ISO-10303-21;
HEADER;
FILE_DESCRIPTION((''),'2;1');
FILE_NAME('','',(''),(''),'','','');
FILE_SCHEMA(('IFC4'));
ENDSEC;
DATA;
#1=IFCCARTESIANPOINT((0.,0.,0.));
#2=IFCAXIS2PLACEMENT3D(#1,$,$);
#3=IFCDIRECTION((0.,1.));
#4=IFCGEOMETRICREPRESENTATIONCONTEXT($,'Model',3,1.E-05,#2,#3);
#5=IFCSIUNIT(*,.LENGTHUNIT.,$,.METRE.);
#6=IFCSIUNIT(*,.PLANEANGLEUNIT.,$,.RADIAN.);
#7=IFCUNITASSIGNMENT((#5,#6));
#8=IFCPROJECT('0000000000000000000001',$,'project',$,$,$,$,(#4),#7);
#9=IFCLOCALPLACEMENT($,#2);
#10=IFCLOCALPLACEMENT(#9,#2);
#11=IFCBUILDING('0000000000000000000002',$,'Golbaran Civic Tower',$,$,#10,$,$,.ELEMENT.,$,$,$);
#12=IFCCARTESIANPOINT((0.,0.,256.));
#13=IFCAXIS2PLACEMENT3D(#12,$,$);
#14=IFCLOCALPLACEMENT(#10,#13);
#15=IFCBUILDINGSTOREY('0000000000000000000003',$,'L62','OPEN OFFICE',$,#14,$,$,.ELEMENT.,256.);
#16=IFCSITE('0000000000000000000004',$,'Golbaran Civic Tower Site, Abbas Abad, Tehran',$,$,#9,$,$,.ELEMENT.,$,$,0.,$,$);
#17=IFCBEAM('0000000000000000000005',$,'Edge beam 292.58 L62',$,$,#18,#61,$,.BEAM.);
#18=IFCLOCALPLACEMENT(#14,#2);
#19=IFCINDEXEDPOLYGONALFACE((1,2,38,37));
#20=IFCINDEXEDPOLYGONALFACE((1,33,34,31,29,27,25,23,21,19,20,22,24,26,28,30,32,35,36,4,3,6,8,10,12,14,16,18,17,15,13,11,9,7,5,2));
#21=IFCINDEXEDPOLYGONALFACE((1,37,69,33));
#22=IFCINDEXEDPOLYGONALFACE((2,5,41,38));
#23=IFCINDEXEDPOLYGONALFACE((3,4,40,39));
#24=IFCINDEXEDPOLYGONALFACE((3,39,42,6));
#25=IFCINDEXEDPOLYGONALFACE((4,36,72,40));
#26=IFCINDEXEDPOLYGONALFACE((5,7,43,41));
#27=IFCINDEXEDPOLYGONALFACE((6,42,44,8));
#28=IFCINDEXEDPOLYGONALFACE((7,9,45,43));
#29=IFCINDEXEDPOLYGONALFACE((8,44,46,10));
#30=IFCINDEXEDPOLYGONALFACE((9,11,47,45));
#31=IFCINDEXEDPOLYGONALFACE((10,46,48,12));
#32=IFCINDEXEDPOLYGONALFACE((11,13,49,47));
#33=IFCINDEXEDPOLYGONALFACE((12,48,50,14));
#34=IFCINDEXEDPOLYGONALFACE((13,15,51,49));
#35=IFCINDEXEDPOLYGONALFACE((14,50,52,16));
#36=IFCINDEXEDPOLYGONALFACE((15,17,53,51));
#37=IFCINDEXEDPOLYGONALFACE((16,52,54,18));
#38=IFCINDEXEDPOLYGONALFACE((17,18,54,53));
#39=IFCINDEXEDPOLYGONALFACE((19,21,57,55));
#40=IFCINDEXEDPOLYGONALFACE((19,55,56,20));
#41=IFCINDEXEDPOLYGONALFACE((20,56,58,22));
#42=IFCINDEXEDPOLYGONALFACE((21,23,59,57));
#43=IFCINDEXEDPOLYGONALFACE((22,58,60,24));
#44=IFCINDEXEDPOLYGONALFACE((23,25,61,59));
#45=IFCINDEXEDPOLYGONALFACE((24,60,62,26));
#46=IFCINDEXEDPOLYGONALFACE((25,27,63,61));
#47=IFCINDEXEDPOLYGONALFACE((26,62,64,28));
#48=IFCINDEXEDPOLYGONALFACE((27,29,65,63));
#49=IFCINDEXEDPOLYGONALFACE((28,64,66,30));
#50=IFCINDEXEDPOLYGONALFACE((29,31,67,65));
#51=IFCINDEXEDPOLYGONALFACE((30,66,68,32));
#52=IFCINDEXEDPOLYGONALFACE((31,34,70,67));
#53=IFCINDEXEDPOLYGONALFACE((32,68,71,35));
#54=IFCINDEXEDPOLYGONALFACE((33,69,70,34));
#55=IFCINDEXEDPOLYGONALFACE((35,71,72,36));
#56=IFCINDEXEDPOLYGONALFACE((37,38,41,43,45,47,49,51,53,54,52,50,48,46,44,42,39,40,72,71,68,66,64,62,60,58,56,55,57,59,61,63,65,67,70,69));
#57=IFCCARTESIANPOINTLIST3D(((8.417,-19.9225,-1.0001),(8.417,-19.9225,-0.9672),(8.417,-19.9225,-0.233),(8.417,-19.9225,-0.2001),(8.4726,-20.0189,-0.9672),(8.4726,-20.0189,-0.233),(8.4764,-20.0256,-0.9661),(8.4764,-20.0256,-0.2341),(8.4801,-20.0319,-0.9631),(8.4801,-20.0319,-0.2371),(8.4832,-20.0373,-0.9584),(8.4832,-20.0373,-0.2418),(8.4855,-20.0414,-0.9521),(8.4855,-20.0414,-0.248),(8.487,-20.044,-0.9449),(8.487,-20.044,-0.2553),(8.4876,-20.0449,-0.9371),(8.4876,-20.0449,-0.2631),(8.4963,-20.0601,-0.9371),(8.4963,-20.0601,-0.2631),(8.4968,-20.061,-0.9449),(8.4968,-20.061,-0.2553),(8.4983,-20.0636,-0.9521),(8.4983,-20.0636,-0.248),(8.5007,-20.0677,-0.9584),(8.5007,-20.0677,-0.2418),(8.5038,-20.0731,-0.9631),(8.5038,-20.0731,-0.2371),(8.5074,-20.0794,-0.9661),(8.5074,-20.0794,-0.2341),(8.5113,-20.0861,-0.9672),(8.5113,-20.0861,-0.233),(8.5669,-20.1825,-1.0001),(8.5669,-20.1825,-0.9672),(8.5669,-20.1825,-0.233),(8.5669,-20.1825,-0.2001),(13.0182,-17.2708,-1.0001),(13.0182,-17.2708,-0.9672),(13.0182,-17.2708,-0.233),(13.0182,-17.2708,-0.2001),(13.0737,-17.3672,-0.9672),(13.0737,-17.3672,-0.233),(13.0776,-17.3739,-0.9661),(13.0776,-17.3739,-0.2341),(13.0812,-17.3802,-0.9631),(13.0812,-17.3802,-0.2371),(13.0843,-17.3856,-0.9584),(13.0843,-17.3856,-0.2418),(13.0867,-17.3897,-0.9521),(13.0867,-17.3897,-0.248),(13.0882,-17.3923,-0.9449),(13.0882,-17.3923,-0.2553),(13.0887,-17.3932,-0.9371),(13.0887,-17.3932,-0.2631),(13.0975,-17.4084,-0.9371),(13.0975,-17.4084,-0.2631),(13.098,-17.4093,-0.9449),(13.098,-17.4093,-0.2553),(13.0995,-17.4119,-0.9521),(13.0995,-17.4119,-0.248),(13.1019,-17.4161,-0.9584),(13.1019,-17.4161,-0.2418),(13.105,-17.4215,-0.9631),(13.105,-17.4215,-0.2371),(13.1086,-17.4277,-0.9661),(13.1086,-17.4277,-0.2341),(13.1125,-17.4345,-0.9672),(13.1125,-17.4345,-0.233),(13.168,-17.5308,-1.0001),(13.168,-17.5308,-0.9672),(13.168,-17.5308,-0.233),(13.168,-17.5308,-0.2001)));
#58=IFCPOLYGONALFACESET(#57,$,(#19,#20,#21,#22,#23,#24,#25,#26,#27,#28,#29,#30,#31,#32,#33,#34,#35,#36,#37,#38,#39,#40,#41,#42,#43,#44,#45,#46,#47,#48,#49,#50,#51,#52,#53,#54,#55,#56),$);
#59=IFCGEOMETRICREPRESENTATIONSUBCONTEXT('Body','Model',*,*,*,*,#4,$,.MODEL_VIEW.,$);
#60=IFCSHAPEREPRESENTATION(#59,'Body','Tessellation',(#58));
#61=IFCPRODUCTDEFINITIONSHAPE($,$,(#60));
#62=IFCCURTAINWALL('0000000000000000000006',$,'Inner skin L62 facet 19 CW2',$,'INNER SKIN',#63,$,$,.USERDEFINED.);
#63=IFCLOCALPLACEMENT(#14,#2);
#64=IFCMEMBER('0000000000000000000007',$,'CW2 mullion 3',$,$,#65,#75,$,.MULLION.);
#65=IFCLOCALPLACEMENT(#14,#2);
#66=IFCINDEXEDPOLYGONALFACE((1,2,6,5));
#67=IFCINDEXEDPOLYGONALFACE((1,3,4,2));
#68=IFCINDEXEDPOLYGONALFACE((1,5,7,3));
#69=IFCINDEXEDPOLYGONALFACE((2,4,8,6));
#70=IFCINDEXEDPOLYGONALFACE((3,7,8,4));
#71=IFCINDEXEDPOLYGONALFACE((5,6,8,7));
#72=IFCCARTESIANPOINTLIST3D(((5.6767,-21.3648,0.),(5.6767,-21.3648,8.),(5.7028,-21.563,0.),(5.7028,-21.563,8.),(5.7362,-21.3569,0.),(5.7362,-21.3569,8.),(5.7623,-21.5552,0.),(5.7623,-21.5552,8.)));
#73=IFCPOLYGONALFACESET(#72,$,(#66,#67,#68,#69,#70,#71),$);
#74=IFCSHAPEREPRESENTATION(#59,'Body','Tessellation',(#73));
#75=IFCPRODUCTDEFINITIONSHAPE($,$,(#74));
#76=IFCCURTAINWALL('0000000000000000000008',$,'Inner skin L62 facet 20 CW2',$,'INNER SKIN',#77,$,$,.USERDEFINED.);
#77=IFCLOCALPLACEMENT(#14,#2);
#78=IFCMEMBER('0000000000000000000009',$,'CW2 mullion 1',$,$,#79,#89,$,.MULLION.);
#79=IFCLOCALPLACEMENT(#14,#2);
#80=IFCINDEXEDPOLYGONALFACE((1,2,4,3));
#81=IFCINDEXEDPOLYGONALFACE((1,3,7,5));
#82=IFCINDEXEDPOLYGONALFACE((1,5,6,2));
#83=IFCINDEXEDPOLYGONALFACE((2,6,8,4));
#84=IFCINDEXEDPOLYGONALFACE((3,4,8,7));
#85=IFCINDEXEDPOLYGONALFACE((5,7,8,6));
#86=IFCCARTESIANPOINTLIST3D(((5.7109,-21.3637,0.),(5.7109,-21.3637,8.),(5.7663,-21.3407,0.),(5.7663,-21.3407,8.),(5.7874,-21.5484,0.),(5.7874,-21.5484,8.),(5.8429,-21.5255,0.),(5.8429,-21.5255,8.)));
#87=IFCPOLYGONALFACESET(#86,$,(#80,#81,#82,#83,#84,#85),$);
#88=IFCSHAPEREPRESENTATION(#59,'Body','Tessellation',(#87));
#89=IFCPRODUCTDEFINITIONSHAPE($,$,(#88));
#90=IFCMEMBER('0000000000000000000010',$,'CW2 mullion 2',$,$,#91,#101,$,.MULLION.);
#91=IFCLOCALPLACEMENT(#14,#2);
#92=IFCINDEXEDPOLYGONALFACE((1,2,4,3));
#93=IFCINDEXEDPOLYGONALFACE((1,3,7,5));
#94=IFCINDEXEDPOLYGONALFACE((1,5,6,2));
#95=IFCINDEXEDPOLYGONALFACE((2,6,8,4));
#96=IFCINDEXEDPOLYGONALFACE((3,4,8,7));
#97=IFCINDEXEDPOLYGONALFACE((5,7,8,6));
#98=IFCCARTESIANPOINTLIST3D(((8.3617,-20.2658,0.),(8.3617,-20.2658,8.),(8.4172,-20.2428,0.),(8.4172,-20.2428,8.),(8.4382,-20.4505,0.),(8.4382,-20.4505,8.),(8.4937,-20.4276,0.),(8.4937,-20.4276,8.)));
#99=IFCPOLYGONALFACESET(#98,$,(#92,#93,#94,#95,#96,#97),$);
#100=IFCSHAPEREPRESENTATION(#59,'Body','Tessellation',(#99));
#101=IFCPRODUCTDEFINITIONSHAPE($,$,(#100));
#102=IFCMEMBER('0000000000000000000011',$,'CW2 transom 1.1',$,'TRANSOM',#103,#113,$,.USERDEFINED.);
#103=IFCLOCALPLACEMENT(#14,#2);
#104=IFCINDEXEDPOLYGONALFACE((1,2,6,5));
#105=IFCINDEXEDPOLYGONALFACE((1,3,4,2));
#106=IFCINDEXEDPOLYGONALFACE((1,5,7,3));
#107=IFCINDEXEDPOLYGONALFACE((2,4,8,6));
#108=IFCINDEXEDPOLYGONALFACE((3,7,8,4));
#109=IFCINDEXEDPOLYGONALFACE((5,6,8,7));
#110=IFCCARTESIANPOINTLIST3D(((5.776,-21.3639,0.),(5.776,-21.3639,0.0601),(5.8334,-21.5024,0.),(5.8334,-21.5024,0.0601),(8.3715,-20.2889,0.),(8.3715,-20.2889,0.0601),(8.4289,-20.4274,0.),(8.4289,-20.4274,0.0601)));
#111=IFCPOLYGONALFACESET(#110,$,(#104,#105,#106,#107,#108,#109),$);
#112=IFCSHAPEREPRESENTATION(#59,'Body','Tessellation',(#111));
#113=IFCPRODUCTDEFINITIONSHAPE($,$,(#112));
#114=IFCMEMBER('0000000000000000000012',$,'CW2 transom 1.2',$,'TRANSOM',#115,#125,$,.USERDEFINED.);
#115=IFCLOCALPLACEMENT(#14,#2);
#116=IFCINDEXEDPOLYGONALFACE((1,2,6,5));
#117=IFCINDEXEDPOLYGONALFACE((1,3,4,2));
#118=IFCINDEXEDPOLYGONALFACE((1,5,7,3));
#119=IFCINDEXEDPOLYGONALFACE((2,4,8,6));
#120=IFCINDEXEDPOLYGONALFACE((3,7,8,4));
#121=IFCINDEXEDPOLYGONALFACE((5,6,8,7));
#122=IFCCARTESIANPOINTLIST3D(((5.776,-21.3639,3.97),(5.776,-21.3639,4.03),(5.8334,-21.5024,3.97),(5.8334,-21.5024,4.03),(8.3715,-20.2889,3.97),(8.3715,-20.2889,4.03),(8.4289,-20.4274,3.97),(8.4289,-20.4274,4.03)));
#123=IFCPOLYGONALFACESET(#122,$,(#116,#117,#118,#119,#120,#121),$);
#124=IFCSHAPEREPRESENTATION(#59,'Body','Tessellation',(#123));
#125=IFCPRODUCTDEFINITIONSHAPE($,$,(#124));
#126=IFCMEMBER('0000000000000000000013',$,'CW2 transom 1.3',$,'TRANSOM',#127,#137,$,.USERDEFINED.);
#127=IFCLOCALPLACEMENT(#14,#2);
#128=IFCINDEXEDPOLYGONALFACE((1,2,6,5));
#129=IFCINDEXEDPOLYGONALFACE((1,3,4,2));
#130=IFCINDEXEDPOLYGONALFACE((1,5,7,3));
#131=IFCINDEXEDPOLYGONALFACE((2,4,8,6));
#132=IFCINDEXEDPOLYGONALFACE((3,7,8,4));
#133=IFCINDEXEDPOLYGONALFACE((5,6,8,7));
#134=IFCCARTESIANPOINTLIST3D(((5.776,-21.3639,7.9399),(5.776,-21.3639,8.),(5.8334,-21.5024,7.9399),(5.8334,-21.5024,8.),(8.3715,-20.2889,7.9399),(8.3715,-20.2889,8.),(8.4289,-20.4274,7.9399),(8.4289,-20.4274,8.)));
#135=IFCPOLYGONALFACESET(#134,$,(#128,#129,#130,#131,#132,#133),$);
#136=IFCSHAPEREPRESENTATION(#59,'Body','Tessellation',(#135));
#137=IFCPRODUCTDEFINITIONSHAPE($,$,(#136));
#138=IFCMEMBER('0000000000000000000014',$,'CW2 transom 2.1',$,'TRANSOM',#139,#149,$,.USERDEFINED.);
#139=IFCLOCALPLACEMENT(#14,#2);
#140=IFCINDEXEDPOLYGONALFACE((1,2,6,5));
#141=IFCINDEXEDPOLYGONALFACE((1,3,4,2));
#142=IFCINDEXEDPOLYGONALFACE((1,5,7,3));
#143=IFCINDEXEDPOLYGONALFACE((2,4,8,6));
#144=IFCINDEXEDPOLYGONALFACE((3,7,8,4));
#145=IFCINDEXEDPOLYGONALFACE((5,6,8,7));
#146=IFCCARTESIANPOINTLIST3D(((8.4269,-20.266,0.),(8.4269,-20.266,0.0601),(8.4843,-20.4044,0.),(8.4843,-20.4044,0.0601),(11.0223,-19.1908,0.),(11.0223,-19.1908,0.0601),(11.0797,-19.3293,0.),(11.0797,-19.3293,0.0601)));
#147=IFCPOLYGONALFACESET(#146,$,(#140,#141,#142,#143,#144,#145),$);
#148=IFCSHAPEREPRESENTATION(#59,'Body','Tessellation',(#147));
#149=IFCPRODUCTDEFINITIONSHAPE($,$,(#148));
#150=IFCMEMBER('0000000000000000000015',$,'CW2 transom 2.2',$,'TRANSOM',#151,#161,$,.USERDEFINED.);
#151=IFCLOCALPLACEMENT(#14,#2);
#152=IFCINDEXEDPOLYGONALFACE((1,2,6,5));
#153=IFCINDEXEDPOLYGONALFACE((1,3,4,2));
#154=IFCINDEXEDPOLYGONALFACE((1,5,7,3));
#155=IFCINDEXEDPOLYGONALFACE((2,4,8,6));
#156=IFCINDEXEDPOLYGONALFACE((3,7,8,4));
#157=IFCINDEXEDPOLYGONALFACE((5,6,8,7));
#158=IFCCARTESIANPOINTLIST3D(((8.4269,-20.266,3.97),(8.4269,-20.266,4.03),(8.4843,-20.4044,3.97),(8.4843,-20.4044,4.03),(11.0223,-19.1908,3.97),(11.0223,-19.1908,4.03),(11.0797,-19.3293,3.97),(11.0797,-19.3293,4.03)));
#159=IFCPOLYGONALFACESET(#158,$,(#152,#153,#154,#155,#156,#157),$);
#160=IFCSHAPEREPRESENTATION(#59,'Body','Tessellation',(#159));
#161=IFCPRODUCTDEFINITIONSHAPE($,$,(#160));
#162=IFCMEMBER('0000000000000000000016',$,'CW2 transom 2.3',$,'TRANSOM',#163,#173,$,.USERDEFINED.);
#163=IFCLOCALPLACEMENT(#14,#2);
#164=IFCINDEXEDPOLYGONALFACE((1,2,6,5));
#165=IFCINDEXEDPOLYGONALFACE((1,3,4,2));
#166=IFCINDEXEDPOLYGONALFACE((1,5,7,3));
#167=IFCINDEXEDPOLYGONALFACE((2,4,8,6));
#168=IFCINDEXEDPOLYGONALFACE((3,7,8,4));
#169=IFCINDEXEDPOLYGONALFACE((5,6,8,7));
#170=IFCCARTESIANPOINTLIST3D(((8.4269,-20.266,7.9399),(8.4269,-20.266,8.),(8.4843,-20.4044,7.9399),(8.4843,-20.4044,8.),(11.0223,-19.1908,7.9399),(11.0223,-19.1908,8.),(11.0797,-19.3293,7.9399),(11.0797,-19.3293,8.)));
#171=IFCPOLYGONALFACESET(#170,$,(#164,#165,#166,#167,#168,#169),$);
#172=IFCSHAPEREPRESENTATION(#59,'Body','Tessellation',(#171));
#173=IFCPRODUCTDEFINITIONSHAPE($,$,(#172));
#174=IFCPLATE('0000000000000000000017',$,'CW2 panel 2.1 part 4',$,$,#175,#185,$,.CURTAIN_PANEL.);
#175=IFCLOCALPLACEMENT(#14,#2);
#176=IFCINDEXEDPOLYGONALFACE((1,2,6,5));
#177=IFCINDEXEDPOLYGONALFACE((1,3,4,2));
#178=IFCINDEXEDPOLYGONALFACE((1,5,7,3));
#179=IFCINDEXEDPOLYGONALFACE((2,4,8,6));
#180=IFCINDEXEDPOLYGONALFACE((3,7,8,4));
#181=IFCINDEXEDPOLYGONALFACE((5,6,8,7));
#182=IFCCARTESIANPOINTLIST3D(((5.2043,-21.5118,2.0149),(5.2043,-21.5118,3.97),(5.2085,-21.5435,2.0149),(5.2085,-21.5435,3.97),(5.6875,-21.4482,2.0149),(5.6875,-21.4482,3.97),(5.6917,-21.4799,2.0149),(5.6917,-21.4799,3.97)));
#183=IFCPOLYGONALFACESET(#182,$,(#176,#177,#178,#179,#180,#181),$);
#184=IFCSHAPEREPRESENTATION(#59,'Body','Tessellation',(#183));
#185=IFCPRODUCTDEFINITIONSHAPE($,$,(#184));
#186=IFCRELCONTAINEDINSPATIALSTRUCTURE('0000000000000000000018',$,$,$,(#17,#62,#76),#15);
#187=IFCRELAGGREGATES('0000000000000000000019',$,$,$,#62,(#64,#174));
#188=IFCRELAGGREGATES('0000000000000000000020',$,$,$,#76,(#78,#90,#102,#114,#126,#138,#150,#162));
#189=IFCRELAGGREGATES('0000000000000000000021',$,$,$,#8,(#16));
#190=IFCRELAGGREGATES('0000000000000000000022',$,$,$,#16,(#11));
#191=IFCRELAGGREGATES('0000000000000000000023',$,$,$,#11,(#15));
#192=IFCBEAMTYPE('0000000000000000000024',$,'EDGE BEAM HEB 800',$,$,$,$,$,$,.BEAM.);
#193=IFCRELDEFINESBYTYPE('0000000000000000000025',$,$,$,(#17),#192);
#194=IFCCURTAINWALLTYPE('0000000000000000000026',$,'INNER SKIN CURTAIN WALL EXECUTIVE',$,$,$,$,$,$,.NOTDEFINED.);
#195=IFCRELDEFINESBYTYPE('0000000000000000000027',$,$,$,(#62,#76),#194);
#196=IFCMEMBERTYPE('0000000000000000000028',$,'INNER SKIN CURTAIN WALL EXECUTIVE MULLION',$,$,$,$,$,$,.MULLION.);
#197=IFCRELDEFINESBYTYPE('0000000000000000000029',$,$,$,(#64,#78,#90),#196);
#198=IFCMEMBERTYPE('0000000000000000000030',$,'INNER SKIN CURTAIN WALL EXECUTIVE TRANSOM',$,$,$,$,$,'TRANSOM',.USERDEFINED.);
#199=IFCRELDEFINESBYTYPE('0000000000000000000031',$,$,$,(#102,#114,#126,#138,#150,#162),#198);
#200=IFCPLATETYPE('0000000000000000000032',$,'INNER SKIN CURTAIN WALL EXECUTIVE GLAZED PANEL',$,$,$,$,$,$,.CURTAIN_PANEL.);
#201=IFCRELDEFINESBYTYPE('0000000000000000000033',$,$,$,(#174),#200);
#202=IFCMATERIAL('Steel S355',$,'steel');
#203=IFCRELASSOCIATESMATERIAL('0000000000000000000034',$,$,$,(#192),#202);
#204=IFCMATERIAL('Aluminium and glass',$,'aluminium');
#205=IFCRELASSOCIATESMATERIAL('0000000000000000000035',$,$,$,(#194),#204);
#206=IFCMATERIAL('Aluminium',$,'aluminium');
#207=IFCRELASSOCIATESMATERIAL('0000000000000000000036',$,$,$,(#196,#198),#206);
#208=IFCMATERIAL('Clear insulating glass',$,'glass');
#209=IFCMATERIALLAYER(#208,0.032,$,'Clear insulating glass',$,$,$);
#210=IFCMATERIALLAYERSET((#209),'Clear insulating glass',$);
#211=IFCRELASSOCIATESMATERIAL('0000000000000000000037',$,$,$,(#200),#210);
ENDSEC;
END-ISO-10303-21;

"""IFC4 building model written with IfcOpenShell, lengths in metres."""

from ifc_helpers import new_model, si_unit, direction, frame, origin, origin_2d, place, context, subcontext, project, spatial, rectangle, i_section, extrude, material, layer, layer_set, material_profile, profile_set, type_object, element, aggregate, save


model = new_model("IFC4")

# Units and contexts
model_context = context("Model", 3, precision=1e-05, world=origin(), true_north=direction((0.0, 1.0)))
body_context = subcontext(model_context, "Body", "Model", "MODEL_VIEW")
ifc_project = project(units=[si_unit("LENGTHUNIT", "METRE"), si_unit("PLANEANGLEUNIT", "RADIAN")], contexts=[model_context])

# Site, building, storey
site_placement = place(None, origin())
site = spatial("IfcSite", under=ifc_project, at=site_placement, Name="Golbaran Civic Tower Site, Abbas Abad, Tehran", CompositionType="ELEMENT", RefElevation=0.0)
building_placement = place(site_placement, origin())
building = spatial("IfcBuilding", under=site, at=building_placement, Name="Golbaran Civic Tower", CompositionType="ELEMENT")
storey_placement = place(building_placement, frame((0.0, 0.0, 256.0)))
storey = spatial("IfcBuildingStorey", under=building, at=storey_placement, Name="L62", Description="OPEN OFFICE", CompositionType="ELEMENT", Elevation=256.0)

# Beam
ifc_material_1 = material(Name="Steel S355", Category="steel")
ifc_material_profile_1 = material_profile(ifc_material_1, i_section(OverallWidth=0.3, OverallDepth=0.8, WebThickness=0.0176, FlangeThickness=0.033, FilletRadius=0.03, at=origin_2d()), Name="HEB 800")
ifc_profile_set_1 = profile_set([ifc_material_profile_1], Name="Steel S355")
beam_type = type_object("IfcBeamType", Name="EDGE BEAM HEB 800", PredefinedType="BEAM", material=ifc_profile_set_1)
beam_placement = place(storey_placement, frame((8.4919, -20.0525, -0.6001), z_axis=(0.866418, 0.499319, 0.0), x_axis=(-0.499319, 0.866418, 0.0)))
element("IfcBeam", 1, at=beam_placement, inside=storey, type_object=beam_type, Name="Edge beam 292.58 L62", PredefinedType="BEAM", context=body_context, shape_type="SweptSolid", body=[
    extrude(i_section(OverallWidth=0.3, OverallDepth=0.8, WebThickness=0.0176, FlangeThickness=0.033, FilletRadius=0.03, at=origin_2d()), origin(), (0.0, 0.0, 1.0), 5.3105),
])

# Curtain wall, member
ifc_material_2 = material(Name="Aluminium and glass", Category="aluminium")
curtain_wall_type = type_object("IfcCurtainWallType", Name="INNER SKIN CURTAIN WALL EXECUTIVE", PredefinedType="NOTDEFINED", material=ifc_material_2)
curtain_wall_1_placement = place(storey_placement, origin())
curtain_wall_1 = element("IfcCurtainWall", 2, at=curtain_wall_1_placement, inside=storey, type_object=curtain_wall_type, Name="Inner skin L62 facet 19 CW2", ObjectType="INNER SKIN", PredefinedType="USERDEFINED")
ifc_material_3 = material(Name="Aluminium", Category="aluminium")
ifc_material_profile_2 = material_profile(ifc_material_3, rectangle(XDim=0.2, YDim=0.0601, at=origin_2d()), Name="INNER SKIN CURTAIN WALL EXECUTIVE MULLION")
ifc_profile_set_2 = profile_set([ifc_material_profile_2], Name="Aluminium")
member_type_1 = type_object("IfcMemberType", Name="INNER SKIN CURTAIN WALL EXECUTIVE MULLION", PredefinedType="MULLION", material=ifc_profile_set_2)
member_1_placement = place(storey_placement, frame((5.7195, -21.46, 0.0), z_axis=(0.0, 0.0, 1.0), x_axis=(-0.130526, 0.991445, 0.0)))
member_1 = element("IfcMember", 3, at=member_1_placement, type_object=member_type_1, Name="CW2 mullion 3", PredefinedType="MULLION", context=body_context, shape_type="SweptSolid", body=[
    extrude(rectangle(XDim=0.2, YDim=0.0601, at=origin_2d()), origin(), (0.0, 0.0, 1.0), 8.0),
])

# Curtain wall, members
curtain_wall_2_placement = place(storey_placement, origin())
curtain_wall_2 = element("IfcCurtainWall", 4, at=curtain_wall_2_placement, inside=storey, type_object=curtain_wall_type, Name="Inner skin L62 facet 20 CW2", ObjectType="INNER SKIN", PredefinedType="USERDEFINED")
member_2_placement = place(storey_placement, frame((5.7769, -21.4446, 0.0), z_axis=(0.0, 0.0, 1.0), x_axis=(-0.382683, 0.92388, 0.0)))
member_2 = element("IfcMember", 5, at=member_2_placement, type_object=member_type_1, Name="CW2 mullion 1", PredefinedType="MULLION", context=body_context, shape_type="SweptSolid", body=[
    extrude(rectangle(XDim=0.2, YDim=0.0601, at=origin_2d()), origin(), (0.0, 0.0, 1.0), 8.0),
])
member_3_placement = place(storey_placement, frame((8.4277, -20.3467, 0.0), z_axis=(0.0, 0.0, 1.0), x_axis=(-0.382683, 0.92388, 0.0)))
member_3 = element("IfcMember", 6, at=member_3_placement, type_object=member_type_1, Name="CW2 mullion 2", PredefinedType="MULLION", context=body_context, shape_type="SweptSolid", body=[
    extrude(rectangle(XDim=0.2, YDim=0.0601, at=origin_2d()), origin(), (0.0, 0.0, 1.0), 8.0),
])
ifc_material_profile_3 = material_profile(ifc_material_3, rectangle(XDim=0.1499, YDim=0.0601, at=origin_2d()), Name="INNER SKIN CURTAIN WALL EXECUTIVE TRANSOM")
ifc_profile_set_3 = profile_set([ifc_material_profile_3], Name="Aluminium")
member_type_2 = type_object("IfcMemberType", Name="INNER SKIN CURTAIN WALL EXECUTIVE TRANSOM", ElementType="TRANSOM", PredefinedType="USERDEFINED", material=ifc_profile_set_3)
member_4_placement = place(storey_placement, frame((5.8047, -21.4331, 0.03), z_axis=(0.923895, 0.382646, 0.0), x_axis=(-0.382646, 0.923895, 0.0)))
member_4 = element("IfcMember", 7, at=member_4_placement, type_object=member_type_2, Name="CW2 transom 1.1", ObjectType="TRANSOM", PredefinedType="USERDEFINED", context=body_context, shape_type="SweptSolid", body=[
    extrude(rectangle(XDim=0.1499, YDim=0.0601, at=origin_2d()), origin(), (0.0, 0.0, 1.0), 2.8093),
])
member_5_placement = place(storey_placement, frame((5.8047, -21.4331, 4.0), z_axis=(0.923895, 0.382646, 0.0), x_axis=(-0.382646, 0.923895, 0.0)))
member_5 = element("IfcMember", 8, at=member_5_placement, type_object=member_type_2, Name="CW2 transom 1.2", ObjectType="TRANSOM", PredefinedType="USERDEFINED", context=body_context, shape_type="SweptSolid", body=[
    extrude(rectangle(XDim=0.1499, YDim=0.0601, at=origin_2d()), origin(), (0.0, 0.0, 1.0), 2.8093),
])
member_6_placement = place(storey_placement, frame((5.8047, -21.4331, 7.97), z_axis=(0.923895, 0.382646, 0.0), x_axis=(-0.382646, 0.923895, 0.0)))
member_6 = element("IfcMember", 9, at=member_6_placement, type_object=member_type_2, Name="CW2 transom 1.3", ObjectType="TRANSOM", PredefinedType="USERDEFINED", context=body_context, shape_type="SweptSolid", body=[
    extrude(rectangle(XDim=0.1499, YDim=0.0601, at=origin_2d()), origin(), (0.0, 0.0, 1.0), 2.8093),
])
member_7_placement = place(storey_placement, frame((8.4556, -20.3352, 0.03), z_axis=(0.923864, 0.38272, 0.0), x_axis=(-0.38272, 0.923864, 0.0)))
member_7 = element("IfcMember", 10, at=member_7_placement, type_object=member_type_2, Name="CW2 transom 2.1", ObjectType="TRANSOM", PredefinedType="USERDEFINED", context=body_context, shape_type="SweptSolid", body=[
    extrude(rectangle(XDim=0.1499, YDim=0.0601, at=origin_2d()), origin(), (0.0, 0.0, 1.0), 2.8093),
])
member_8_placement = place(storey_placement, frame((8.4556, -20.3352, 4.0), z_axis=(0.923864, 0.38272, 0.0), x_axis=(-0.38272, 0.923864, 0.0)))
member_8 = element("IfcMember", 11, at=member_8_placement, type_object=member_type_2, Name="CW2 transom 2.2", ObjectType="TRANSOM", PredefinedType="USERDEFINED", context=body_context, shape_type="SweptSolid", body=[
    extrude(rectangle(XDim=0.1499, YDim=0.0601, at=origin_2d()), origin(), (0.0, 0.0, 1.0), 2.8093),
])
member_9_placement = place(storey_placement, frame((8.4556, -20.3352, 7.97), z_axis=(0.923864, 0.38272, 0.0), x_axis=(-0.38272, 0.923864, 0.0)))
member_9 = element("IfcMember", 12, at=member_9_placement, type_object=member_type_2, Name="CW2 transom 2.3", ObjectType="TRANSOM", PredefinedType="USERDEFINED", context=body_context, shape_type="SweptSolid", body=[
    extrude(rectangle(XDim=0.1499, YDim=0.0601, at=origin_2d()), origin(), (0.0, 0.0, 1.0), 2.8093),
])

# Plate
ifc_material_4 = material(Name="Clear insulating glass", Category="glass")
ifc_layer_1 = layer(ifc_material_4, 0.032, Name="Clear insulating glass")
ifc_layer_set_1 = layer_set([ifc_layer_1], Name="Clear insulating glass")
plate_type_1 = type_object("IfcPlateType", Name="INNER SKIN CURTAIN WALL EXECUTIVE GLAZED PANEL", PredefinedType="CURTAIN_PANEL", material=ifc_layer_set_1)
plate_1_placement = place(storey_placement, frame((5.448, -21.4958, 2.0149), z_axis=(0.0, 0.0, 1.0), x_axis=(0.991445, 0.130526, 0.0)))
plate_1 = element("IfcPlate", 13, at=plate_1_placement, type_object=plate_type_1, Name="CW2 panel 2.1 part 4", PredefinedType="CURTAIN_PANEL", context=body_context, shape_type="SweptSolid", body=[
    extrude(rectangle(XDim=0.4873, YDim=0.032, at=origin_2d()), origin(), (0.0, 0.0, 1.0), 1.9551),
])
aggregate(curtain_wall_1, [member_1, plate_1])
aggregate(curtain_wall_2, [member_2, member_3, member_4, member_5, member_6, member_7, member_8, member_9])

save(model, "model.ifc")
